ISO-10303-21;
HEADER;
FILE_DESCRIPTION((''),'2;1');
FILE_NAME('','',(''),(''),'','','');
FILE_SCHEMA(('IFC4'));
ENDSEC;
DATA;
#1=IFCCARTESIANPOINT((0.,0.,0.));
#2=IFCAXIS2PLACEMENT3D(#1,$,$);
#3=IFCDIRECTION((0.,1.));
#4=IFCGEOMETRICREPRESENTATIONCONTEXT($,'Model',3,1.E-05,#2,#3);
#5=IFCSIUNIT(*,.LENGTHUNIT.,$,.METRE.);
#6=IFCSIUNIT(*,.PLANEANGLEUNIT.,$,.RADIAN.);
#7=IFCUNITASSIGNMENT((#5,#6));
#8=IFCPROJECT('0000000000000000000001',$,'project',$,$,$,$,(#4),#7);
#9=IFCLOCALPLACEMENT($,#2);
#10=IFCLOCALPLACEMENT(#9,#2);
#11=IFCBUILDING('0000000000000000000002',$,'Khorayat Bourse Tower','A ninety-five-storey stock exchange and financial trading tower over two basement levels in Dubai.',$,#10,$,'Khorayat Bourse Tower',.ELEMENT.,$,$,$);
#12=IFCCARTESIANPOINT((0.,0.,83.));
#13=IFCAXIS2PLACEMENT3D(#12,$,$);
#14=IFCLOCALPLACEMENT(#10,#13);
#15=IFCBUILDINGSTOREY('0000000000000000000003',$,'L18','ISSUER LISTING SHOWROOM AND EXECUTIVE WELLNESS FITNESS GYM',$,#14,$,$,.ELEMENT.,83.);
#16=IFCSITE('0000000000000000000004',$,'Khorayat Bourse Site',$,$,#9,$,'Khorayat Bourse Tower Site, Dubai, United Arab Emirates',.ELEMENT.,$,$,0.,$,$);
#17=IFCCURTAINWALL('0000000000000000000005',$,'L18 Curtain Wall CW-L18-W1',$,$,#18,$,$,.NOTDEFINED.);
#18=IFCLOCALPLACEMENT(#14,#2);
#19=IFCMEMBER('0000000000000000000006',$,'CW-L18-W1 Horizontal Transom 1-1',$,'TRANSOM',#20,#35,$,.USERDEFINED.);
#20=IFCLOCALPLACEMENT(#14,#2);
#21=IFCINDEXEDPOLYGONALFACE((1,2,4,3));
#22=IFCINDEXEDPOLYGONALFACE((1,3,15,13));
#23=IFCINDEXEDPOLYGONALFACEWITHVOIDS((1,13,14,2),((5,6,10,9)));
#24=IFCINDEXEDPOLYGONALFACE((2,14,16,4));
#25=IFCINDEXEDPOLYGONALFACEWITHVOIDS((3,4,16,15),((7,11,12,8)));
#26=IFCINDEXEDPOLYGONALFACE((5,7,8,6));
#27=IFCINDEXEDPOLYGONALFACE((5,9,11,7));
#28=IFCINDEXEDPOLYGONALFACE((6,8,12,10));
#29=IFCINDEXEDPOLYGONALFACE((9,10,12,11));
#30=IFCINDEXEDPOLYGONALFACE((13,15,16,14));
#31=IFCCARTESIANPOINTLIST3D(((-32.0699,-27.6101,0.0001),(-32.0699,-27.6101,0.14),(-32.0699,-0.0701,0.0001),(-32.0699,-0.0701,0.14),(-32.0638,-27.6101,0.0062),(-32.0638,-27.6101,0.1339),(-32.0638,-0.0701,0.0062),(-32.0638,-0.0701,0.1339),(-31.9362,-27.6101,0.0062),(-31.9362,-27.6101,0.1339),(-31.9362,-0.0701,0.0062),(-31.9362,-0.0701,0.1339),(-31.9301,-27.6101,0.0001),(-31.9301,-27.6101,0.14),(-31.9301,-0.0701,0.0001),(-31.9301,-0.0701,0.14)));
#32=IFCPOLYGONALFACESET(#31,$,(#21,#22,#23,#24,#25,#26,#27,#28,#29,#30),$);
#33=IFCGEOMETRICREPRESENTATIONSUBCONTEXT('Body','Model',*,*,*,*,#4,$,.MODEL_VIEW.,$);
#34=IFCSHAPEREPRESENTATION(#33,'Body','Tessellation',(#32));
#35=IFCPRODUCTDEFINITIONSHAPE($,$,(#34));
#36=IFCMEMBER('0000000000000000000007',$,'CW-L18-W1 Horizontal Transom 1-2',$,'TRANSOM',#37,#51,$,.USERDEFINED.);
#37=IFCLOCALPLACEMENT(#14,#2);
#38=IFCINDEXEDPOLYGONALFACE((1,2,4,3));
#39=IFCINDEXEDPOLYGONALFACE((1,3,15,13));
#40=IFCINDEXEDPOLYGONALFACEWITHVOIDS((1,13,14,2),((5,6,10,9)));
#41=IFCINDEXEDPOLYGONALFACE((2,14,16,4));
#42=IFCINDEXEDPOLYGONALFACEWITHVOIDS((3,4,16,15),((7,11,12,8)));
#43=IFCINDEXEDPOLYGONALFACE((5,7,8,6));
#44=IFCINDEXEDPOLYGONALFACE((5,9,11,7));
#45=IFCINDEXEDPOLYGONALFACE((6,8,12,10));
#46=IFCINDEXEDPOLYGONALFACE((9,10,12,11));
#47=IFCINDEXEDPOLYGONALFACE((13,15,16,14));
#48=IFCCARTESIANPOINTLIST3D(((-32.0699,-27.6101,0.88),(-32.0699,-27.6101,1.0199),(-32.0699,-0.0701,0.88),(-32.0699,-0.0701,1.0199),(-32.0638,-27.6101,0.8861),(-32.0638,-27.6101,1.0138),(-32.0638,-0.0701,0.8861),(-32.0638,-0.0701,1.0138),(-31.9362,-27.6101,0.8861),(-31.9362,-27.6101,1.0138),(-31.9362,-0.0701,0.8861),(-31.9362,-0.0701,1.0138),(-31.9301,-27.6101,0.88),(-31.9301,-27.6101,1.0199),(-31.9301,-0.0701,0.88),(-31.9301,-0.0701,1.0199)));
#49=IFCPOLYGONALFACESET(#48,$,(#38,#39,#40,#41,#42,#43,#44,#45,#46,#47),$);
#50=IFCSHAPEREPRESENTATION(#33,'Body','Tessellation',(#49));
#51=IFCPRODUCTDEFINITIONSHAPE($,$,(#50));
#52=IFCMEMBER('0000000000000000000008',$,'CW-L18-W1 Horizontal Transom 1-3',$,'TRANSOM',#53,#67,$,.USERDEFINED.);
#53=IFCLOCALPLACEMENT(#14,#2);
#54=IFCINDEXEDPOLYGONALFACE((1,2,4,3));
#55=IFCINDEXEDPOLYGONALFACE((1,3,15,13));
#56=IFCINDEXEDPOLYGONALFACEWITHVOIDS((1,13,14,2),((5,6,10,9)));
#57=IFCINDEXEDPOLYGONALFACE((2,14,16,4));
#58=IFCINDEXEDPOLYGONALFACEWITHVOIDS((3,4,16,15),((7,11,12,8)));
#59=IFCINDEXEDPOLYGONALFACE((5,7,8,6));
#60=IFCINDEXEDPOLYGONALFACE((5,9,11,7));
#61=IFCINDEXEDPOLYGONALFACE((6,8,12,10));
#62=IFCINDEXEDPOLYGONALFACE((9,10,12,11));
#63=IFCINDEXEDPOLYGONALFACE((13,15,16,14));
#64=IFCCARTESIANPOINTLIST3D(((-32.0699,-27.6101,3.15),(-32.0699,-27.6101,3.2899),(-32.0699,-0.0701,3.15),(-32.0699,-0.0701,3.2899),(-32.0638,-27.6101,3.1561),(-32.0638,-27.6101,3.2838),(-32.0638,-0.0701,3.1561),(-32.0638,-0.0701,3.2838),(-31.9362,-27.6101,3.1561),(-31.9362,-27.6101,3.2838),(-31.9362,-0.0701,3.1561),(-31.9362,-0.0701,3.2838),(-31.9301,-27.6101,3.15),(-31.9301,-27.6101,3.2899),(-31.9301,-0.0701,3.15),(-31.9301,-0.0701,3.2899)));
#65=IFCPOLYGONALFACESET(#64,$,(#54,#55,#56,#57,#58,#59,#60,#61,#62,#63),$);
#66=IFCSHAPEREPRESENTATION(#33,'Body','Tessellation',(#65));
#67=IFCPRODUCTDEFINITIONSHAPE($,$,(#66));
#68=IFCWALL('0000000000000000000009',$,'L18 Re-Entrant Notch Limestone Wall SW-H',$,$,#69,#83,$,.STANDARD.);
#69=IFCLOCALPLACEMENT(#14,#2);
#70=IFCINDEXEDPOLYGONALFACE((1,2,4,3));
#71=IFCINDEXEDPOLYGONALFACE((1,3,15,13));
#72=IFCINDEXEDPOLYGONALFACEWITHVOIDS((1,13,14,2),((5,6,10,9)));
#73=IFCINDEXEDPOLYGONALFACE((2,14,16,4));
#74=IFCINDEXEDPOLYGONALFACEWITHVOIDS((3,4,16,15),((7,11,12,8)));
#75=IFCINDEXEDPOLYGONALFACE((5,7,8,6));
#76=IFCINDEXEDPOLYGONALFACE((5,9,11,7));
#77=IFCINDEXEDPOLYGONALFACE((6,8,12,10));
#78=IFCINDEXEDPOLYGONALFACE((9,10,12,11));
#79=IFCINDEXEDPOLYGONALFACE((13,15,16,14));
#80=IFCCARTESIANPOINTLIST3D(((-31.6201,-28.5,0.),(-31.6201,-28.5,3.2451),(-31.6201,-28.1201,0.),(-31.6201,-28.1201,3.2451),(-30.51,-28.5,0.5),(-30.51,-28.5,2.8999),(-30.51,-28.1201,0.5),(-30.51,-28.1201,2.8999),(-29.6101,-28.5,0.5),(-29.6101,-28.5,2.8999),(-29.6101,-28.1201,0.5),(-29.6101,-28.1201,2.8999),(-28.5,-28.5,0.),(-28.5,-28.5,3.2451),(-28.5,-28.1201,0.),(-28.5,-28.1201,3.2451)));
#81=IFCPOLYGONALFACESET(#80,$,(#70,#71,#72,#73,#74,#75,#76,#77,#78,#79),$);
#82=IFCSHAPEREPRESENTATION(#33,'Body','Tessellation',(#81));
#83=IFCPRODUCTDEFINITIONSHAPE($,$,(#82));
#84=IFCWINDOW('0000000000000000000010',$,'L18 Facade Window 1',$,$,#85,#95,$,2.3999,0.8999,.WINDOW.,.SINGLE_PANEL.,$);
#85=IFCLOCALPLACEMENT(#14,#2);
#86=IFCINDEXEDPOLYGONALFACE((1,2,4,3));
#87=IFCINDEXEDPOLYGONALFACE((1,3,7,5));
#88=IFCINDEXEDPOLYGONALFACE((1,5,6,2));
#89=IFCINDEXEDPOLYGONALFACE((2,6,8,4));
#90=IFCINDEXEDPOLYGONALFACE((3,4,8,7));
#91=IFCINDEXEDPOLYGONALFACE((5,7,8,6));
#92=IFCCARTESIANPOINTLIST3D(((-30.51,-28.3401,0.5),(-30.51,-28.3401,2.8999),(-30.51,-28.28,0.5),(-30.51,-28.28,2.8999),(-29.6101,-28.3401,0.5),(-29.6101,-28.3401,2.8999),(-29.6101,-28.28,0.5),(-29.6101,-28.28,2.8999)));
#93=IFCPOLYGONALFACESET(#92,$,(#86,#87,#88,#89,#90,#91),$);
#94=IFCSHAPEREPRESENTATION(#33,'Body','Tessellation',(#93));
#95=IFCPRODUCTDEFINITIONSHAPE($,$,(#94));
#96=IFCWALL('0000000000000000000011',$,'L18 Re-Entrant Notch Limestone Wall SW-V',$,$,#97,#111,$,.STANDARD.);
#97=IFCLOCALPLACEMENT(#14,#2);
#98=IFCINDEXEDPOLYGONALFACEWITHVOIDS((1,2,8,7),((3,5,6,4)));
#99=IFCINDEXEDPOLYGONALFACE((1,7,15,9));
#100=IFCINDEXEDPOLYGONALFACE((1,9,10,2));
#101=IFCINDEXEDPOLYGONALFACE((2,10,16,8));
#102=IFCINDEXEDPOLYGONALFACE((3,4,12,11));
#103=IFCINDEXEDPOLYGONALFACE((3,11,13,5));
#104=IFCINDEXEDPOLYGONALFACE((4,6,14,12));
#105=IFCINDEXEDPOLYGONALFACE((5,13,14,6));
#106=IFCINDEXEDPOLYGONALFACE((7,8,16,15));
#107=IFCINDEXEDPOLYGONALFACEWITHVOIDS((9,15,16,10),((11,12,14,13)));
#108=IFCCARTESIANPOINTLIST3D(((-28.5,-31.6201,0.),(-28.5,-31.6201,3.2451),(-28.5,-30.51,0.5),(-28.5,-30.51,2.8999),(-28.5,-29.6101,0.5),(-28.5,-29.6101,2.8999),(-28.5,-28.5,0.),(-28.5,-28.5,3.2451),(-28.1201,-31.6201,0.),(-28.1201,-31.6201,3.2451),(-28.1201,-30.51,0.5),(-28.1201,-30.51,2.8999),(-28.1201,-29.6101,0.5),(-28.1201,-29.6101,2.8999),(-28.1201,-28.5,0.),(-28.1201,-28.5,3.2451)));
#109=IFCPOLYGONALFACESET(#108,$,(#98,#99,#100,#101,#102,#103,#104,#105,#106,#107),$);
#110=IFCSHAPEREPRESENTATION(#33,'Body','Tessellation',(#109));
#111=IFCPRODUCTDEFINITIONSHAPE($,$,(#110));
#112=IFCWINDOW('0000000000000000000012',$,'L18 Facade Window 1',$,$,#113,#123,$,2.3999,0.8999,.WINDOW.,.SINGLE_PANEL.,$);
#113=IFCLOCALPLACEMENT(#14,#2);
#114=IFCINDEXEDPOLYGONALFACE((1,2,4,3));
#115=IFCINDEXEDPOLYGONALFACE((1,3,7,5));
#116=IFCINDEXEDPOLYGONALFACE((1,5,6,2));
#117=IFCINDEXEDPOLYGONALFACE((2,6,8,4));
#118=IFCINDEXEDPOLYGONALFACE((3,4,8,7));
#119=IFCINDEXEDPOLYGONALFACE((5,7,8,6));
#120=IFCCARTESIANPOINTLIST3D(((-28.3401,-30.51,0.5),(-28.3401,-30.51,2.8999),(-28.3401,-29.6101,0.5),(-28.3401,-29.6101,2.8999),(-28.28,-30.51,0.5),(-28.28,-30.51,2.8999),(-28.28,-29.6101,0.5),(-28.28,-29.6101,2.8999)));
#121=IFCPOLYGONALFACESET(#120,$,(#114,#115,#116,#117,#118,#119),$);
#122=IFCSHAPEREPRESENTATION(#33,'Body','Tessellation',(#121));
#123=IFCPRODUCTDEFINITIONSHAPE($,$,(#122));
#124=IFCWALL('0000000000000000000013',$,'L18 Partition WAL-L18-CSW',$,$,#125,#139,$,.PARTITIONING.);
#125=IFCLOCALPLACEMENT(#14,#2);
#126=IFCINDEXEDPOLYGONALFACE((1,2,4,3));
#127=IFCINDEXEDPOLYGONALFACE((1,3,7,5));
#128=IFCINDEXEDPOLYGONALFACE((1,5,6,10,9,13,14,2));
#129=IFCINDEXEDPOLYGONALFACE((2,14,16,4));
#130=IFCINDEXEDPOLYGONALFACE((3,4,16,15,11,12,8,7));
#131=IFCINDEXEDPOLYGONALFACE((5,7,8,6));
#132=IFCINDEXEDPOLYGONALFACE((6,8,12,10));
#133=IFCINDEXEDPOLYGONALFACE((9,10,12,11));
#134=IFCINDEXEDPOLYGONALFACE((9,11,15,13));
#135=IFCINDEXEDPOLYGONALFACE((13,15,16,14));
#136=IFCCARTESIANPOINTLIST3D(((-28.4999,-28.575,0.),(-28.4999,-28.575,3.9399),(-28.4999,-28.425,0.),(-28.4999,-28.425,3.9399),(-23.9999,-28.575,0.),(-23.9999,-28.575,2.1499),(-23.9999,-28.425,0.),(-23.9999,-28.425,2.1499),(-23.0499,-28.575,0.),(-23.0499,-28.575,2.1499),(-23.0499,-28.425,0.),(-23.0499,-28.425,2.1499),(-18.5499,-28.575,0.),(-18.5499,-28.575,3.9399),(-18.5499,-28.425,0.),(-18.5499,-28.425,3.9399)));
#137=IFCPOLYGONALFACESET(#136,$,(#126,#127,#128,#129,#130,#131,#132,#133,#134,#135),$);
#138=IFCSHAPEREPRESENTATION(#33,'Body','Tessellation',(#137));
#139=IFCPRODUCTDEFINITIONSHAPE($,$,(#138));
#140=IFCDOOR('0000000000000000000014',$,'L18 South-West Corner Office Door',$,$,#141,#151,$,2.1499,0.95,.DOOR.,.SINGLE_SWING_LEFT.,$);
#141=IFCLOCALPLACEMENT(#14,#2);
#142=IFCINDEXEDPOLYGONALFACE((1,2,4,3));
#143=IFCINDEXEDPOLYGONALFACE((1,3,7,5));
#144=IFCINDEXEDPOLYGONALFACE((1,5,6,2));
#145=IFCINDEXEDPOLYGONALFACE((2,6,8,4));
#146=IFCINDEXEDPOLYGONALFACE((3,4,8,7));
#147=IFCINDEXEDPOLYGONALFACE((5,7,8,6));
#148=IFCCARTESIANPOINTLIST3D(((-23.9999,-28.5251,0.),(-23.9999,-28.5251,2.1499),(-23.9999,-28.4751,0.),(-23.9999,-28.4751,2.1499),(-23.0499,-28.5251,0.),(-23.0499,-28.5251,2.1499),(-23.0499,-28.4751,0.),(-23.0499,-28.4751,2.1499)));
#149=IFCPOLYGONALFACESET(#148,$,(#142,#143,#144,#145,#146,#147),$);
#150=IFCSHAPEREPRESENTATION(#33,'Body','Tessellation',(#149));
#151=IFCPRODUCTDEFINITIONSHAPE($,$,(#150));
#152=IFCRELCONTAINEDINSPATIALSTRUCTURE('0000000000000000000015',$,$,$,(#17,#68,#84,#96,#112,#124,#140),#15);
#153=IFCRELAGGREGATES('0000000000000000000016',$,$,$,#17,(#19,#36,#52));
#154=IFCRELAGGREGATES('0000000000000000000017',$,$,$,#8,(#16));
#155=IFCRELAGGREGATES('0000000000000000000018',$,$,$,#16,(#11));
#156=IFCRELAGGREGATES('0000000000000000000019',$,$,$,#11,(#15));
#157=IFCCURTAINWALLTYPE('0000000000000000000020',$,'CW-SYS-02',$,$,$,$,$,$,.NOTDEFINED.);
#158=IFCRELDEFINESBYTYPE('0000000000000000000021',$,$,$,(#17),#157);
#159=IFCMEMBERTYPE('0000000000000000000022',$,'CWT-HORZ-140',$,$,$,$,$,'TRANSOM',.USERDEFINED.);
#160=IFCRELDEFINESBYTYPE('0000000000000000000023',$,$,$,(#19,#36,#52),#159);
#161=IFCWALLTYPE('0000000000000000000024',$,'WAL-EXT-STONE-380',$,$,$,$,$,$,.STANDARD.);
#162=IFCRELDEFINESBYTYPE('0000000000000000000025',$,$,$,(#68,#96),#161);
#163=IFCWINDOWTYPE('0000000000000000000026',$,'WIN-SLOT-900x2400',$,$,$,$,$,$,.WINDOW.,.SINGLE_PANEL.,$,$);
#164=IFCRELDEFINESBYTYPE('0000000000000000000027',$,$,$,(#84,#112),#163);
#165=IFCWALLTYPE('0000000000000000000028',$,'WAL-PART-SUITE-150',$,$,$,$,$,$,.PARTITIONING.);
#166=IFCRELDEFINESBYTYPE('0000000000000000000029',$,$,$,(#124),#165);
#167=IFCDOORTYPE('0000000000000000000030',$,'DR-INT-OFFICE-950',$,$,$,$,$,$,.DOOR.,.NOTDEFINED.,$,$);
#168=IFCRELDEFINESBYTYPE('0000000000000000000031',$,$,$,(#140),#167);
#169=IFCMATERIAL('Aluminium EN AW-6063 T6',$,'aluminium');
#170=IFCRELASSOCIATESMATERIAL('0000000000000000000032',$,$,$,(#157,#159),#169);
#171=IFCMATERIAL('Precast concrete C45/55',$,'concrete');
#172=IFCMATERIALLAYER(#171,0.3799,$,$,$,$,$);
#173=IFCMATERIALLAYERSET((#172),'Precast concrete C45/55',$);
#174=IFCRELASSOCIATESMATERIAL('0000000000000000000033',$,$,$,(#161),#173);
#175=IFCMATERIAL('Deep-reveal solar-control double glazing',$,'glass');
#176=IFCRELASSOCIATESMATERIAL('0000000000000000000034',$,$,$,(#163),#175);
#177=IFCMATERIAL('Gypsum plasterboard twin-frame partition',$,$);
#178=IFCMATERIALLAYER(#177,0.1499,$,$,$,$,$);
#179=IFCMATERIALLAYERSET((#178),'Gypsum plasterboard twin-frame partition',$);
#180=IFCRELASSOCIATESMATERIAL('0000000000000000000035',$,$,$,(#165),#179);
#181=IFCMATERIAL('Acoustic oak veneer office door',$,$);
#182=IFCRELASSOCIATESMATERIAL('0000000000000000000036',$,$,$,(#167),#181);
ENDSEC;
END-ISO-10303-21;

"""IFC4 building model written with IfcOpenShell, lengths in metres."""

from ifc_helpers import new_model, si_unit, direction, frame, frame_2d, origin, origin_2d, place, context, subcontext, project, spatial, rectangle, hollow_rectangle, extrude, source, transform, mapped, material, layer, layer_set, material_profile, profile_set, type_object, element, fill, aggregate, save


model = new_model("IFC4")

# Units and contexts
model_context = context("Model", 3, precision=1e-05, world=origin(), true_north=direction((0.0, 1.0)))
body_context = subcontext(model_context, "Body", "Model", "MODEL_VIEW")
ifc_project = project(units=[si_unit("LENGTHUNIT", "METRE"), si_unit("PLANEANGLEUNIT", "RADIAN")], contexts=[model_context])

# Site, building, storey
site_placement = place(None, origin())
site = spatial("IfcSite", under=ifc_project, at=site_placement, Name="Khorayat Bourse Site", LongName="Khorayat Bourse Tower Site, Dubai, United Arab Emirates", CompositionType="ELEMENT", RefElevation=0.0)
building_placement = place(site_placement, origin())
building = spatial("IfcBuilding", under=site, at=building_placement, Name="Khorayat Bourse Tower", Description="A ninety-five-storey stock exchange and financial trading tower over two basement levels in Dubai.", LongName="Khorayat Bourse Tower", CompositionType="ELEMENT")
storey_placement = place(building_placement, frame((0.0, 0.0, 83.0)))
storey = spatial("IfcBuildingStorey", under=building, at=storey_placement, Name="L18", Description="ISSUER LISTING SHOWROOM AND EXECUTIVE WELLNESS FITNESS GYM", CompositionType="ELEMENT", Elevation=83.0)

# Curtain wall
ifc_material_1 = material(Name="Aluminium EN AW-6063 T6", Category="aluminium")
curtain_wall_type = type_object("IfcCurtainWallType", Name="CW-SYS-02", PredefinedType="NOTDEFINED", material=ifc_material_1)
curtain_wall_1_placement = place(storey_placement, origin())
curtain_wall_1 = element("IfcCurtainWall", 1, at=curtain_wall_1_placement, inside=storey, type_object=curtain_wall_type, Name="L18 Curtain Wall CW-L18-W1", PredefinedType="NOTDEFINED")

# Members
ifc_material_profile_1 = material_profile(ifc_material_1, hollow_rectangle(XDim=0.1399, YDim=0.1399, WallThickness=0.0061, at=origin_2d()), Name="ALU 140x140x6")
ifc_profile_set_1 = profile_set([ifc_material_profile_1], Name="Aluminium EN AW-6063 T6")
member_type_1 = type_object("IfcMemberType", Name="CWT-HORZ-140", ElementType="TRANSOM", PredefinedType="USERDEFINED", material=ifc_profile_set_1)
shared_shape_1 = source(origin(), body_context, "Body", "SweptSolid", [
    extrude(hollow_rectangle(XDim=0.1399, YDim=0.1399, WallThickness=0.0061, at=origin_2d()), origin(), (0.0, 0.0, 1.0), 27.54),
])
member_1_placement = place(storey_placement, frame((-32.0, -27.6101, 0.0701), z_axis=(0.0, 1.0, 0.0), x_axis=(-1.0, 0.0, 0.0)))
member_1 = element("IfcMember", 2, at=member_1_placement, type_object=member_type_1, Name="CW-L18-W1 Horizontal Transom 1-1", ObjectType="TRANSOM", PredefinedType="USERDEFINED", context=body_context, shape_type="MappedRepresentation", body=[
    mapped(shared_shape_1, transform((0.0, 0.0, 0.0), scale=1.0)),
])
member_2_placement = place(storey_placement, frame((-32.0, -27.6101, 0.95), z_axis=(0.0, 1.0, 0.0), x_axis=(-1.0, 0.0, 0.0)))
member_2 = element("IfcMember", 3, at=member_2_placement, type_object=member_type_1, Name="CW-L18-W1 Horizontal Transom 1-2", ObjectType="TRANSOM", PredefinedType="USERDEFINED", context=body_context, shape_type="MappedRepresentation", body=[
    mapped(shared_shape_1, transform((0.0, 0.0, 0.0), scale=1.0)),
])
member_3_placement = place(storey_placement, frame((-32.0, -27.6101, 3.22), z_axis=(0.0, 1.0, 0.0), x_axis=(-1.0, 0.0, 0.0)))
member_3 = element("IfcMember", 4, at=member_3_placement, type_object=member_type_1, Name="CW-L18-W1 Horizontal Transom 1-3", ObjectType="TRANSOM", PredefinedType="USERDEFINED", context=body_context, shape_type="MappedRepresentation", body=[
    mapped(shared_shape_1, transform((0.0, 0.0, 0.0), scale=1.0)),
])
aggregate(curtain_wall_1, [member_1, member_2, member_3])

# Walls, openings, windows
ifc_material_2 = material(Name="Precast concrete C45/55", Category="concrete")
ifc_layer_1 = layer(ifc_material_2, 0.3799)
ifc_layer_set_1 = layer_set([ifc_layer_1], Name="Precast concrete C45/55")
wall_type_1 = type_object("IfcWallType", Name="WAL-EXT-STONE-380", PredefinedType="STANDARD", material=ifc_layer_set_1)
shared_shape_2 = source(origin(), body_context, "Body", "SweptSolid", [
    extrude(rectangle(XDim=3.1201, YDim=0.3799, at=frame_2d((1.5601, 0.0))), origin(), (0.0, 0.0, 1.0), 3.2451),
])
wall_1_placement = place(storey_placement, frame((-28.5, -28.3101, 0.0), z_axis=(0.0, 0.0, 1.0), x_axis=(-1.0, 0.0, 0.0)))
wall_1 = element("IfcWall", 5, at=wall_1_placement, inside=storey, type_object=wall_type_1, Name="L18 Re-Entrant Notch Limestone Wall SW-H", PredefinedType="STANDARD", context=body_context, shape_type="MappedRepresentation", body=[
    mapped(shared_shape_2, transform((0.0, 0.0, 0.0), scale=1.0)),
])
shared_shape_3 = source(origin(), body_context, "Body", "SweptSolid", [
    extrude(rectangle(XDim=0.8999, YDim=2.3999, at=frame_2d((0.45, 1.2))), frame((0.0, 0.2, 0.0), z_axis=(0.0, -1.0, 0.0), x_axis=(1.0, 0.0, 0.0)), (0.0, 0.0, 1.0), 0.3999),
])
opening_1_placement = place(wall_1_placement, frame((1.1101, 0.0, 0.5)))
opening_1 = element("IfcOpeningElement", 6, at=opening_1_placement, cuts=wall_1, PredefinedType="OPENING", context=body_context, shape_type="MappedRepresentation", body=[
    mapped(shared_shape_3, transform((0.0, 0.0, 0.0), scale=1.0)),
])
ifc_material_3 = material(Name="Deep-reveal solar-control double glazing", Category="glass")
window_type = type_object("IfcWindowType", Name="WIN-SLOT-900x2400", PartitioningType="SINGLE_PANEL", PredefinedType="WINDOW", material=ifc_material_3)
shared_shape_4 = source(origin(), body_context, "Body", "SweptSolid", [
    extrude(rectangle(XDim=0.8999, YDim=2.3999, at=frame_2d((0.45, 1.2))), frame((0.0, 0.03, 0.0), z_axis=(0.0, -1.0, 0.0), x_axis=(1.0, 0.0, 0.0)), (0.0, 0.0, 1.0), 0.0601),
])
window_1_placement = place(opening_1_placement, origin())
window_1 = element("IfcWindow", 7, at=window_1_placement, inside=storey, type_object=window_type, Name="L18 Facade Window 1", OverallHeight=2.3999, OverallWidth=0.8999, PartitioningType="SINGLE_PANEL", PredefinedType="WINDOW", context=body_context, shape_type="MappedRepresentation", body=[
    mapped(shared_shape_4, transform((0.0, 0.0, 0.0), scale=1.0)),
])
fill(opening_1, window_1)
wall_2_placement = place(storey_placement, frame((-28.3101, -31.6201, 0.0), z_axis=(0.0, 0.0, 1.0), x_axis=(0.0, 1.0, 0.0)))
wall_2 = element("IfcWall", 8, at=wall_2_placement, inside=storey, type_object=wall_type_1, Name="L18 Re-Entrant Notch Limestone Wall SW-V", PredefinedType="STANDARD", context=body_context, shape_type="MappedRepresentation", body=[
    mapped(shared_shape_2, transform((0.0, 0.0, 0.0), scale=1.0)),
])
opening_2_placement = place(wall_2_placement, frame((1.1101, 0.0, 0.5)))
opening_2 = element("IfcOpeningElement", 9, at=opening_2_placement, cuts=wall_2, PredefinedType="OPENING", context=body_context, shape_type="MappedRepresentation", body=[
    mapped(shared_shape_3, transform((0.0, 0.0, 0.0), scale=1.0)),
])
window_2_placement = place(opening_2_placement, origin())
window_2 = element("IfcWindow", 10, at=window_2_placement, inside=storey, type_object=window_type, Name="L18 Facade Window 1", OverallHeight=2.3999, OverallWidth=0.8999, PartitioningType="SINGLE_PANEL", PredefinedType="WINDOW", context=body_context, shape_type="MappedRepresentation", body=[
    mapped(shared_shape_4, transform((0.0, 0.0, 0.0), scale=1.0)),
])
fill(opening_2, window_2)

# Wall, opening, door
ifc_material_4 = material(Name="Gypsum plasterboard twin-frame partition")
ifc_layer_2 = layer(ifc_material_4, 0.1499)
ifc_layer_set_2 = layer_set([ifc_layer_2], Name="Gypsum plasterboard twin-frame partition")
wall_type_2 = type_object("IfcWallType", Name="WAL-PART-SUITE-150", PredefinedType="PARTITIONING", material=ifc_layer_set_2)
shared_shape_5 = source(origin(), body_context, "Body", "SweptSolid", [
    extrude(rectangle(XDim=9.95, YDim=0.1499, at=frame_2d((4.9751, 0.0))), origin(), (0.0, 0.0, 1.0), 3.9399),
])
wall_3_placement = place(storey_placement, frame((-28.5, -28.5, 0.0), z_axis=(0.0, 0.0, 1.0), x_axis=(1.0, 0.0, 0.0)))
wall_3 = element("IfcWall", 11, at=wall_3_placement, inside=storey, type_object=wall_type_2, Name="L18 Partition WAL-L18-CSW", PredefinedType="PARTITIONING", context=body_context, shape_type="MappedRepresentation", body=[
    mapped(shared_shape_5, transform((0.0, 0.0, 0.0), scale=1.0)),
])
shared_shape_6 = source(origin(), body_context, "Body", "SweptSolid", [
    extrude(rectangle(XDim=0.95, YDim=2.1499, at=frame_2d((0.4751, 1.075))), frame((0.0, 0.085, 0.0), z_axis=(0.0, -1.0, 0.0), x_axis=(1.0, 0.0, 0.0)), (0.0, 0.0, 1.0), 0.1699),
])
opening_3_placement = place(wall_3_placement, frame((4.5, 0.0, 0.0)))
opening_3 = element("IfcOpeningElement", 12, at=opening_3_placement, cuts=wall_3, PredefinedType="OPENING", context=body_context, shape_type="MappedRepresentation", body=[
    mapped(shared_shape_6, transform((0.0, 0.0, 0.0), scale=1.0)),
])
ifc_material_5 = material(Name="Acoustic oak veneer office door")
door_type = type_object("IfcDoorType", Name="DR-INT-OFFICE-950", OperationType="NOTDEFINED", PredefinedType="DOOR", material=ifc_material_5)
shared_shape_7 = source(origin(), body_context, "Body", "SweptSolid", [
    extrude(rectangle(XDim=0.95, YDim=2.1499, at=frame_2d((0.4751, 1.075))), frame((0.0, 0.0249, 0.0), z_axis=(0.0, -1.0, 0.0), x_axis=(1.0, 0.0, 0.0)), (0.0, 0.0, 1.0), 0.05),
])
door_placement = place(opening_3_placement, origin())
door = element("IfcDoor", 13, at=door_placement, inside=storey, type_object=door_type, Name="L18 South-West Corner Office Door", OperationType="SINGLE_SWING_LEFT", OverallHeight=2.1499, OverallWidth=0.95, PredefinedType="DOOR", context=body_context, shape_type="MappedRepresentation", body=[
    mapped(shared_shape_7, transform((0.0, 0.0, 0.0), scale=1.0)),
])
fill(opening_3, door)

save(model, "model.ifc")
